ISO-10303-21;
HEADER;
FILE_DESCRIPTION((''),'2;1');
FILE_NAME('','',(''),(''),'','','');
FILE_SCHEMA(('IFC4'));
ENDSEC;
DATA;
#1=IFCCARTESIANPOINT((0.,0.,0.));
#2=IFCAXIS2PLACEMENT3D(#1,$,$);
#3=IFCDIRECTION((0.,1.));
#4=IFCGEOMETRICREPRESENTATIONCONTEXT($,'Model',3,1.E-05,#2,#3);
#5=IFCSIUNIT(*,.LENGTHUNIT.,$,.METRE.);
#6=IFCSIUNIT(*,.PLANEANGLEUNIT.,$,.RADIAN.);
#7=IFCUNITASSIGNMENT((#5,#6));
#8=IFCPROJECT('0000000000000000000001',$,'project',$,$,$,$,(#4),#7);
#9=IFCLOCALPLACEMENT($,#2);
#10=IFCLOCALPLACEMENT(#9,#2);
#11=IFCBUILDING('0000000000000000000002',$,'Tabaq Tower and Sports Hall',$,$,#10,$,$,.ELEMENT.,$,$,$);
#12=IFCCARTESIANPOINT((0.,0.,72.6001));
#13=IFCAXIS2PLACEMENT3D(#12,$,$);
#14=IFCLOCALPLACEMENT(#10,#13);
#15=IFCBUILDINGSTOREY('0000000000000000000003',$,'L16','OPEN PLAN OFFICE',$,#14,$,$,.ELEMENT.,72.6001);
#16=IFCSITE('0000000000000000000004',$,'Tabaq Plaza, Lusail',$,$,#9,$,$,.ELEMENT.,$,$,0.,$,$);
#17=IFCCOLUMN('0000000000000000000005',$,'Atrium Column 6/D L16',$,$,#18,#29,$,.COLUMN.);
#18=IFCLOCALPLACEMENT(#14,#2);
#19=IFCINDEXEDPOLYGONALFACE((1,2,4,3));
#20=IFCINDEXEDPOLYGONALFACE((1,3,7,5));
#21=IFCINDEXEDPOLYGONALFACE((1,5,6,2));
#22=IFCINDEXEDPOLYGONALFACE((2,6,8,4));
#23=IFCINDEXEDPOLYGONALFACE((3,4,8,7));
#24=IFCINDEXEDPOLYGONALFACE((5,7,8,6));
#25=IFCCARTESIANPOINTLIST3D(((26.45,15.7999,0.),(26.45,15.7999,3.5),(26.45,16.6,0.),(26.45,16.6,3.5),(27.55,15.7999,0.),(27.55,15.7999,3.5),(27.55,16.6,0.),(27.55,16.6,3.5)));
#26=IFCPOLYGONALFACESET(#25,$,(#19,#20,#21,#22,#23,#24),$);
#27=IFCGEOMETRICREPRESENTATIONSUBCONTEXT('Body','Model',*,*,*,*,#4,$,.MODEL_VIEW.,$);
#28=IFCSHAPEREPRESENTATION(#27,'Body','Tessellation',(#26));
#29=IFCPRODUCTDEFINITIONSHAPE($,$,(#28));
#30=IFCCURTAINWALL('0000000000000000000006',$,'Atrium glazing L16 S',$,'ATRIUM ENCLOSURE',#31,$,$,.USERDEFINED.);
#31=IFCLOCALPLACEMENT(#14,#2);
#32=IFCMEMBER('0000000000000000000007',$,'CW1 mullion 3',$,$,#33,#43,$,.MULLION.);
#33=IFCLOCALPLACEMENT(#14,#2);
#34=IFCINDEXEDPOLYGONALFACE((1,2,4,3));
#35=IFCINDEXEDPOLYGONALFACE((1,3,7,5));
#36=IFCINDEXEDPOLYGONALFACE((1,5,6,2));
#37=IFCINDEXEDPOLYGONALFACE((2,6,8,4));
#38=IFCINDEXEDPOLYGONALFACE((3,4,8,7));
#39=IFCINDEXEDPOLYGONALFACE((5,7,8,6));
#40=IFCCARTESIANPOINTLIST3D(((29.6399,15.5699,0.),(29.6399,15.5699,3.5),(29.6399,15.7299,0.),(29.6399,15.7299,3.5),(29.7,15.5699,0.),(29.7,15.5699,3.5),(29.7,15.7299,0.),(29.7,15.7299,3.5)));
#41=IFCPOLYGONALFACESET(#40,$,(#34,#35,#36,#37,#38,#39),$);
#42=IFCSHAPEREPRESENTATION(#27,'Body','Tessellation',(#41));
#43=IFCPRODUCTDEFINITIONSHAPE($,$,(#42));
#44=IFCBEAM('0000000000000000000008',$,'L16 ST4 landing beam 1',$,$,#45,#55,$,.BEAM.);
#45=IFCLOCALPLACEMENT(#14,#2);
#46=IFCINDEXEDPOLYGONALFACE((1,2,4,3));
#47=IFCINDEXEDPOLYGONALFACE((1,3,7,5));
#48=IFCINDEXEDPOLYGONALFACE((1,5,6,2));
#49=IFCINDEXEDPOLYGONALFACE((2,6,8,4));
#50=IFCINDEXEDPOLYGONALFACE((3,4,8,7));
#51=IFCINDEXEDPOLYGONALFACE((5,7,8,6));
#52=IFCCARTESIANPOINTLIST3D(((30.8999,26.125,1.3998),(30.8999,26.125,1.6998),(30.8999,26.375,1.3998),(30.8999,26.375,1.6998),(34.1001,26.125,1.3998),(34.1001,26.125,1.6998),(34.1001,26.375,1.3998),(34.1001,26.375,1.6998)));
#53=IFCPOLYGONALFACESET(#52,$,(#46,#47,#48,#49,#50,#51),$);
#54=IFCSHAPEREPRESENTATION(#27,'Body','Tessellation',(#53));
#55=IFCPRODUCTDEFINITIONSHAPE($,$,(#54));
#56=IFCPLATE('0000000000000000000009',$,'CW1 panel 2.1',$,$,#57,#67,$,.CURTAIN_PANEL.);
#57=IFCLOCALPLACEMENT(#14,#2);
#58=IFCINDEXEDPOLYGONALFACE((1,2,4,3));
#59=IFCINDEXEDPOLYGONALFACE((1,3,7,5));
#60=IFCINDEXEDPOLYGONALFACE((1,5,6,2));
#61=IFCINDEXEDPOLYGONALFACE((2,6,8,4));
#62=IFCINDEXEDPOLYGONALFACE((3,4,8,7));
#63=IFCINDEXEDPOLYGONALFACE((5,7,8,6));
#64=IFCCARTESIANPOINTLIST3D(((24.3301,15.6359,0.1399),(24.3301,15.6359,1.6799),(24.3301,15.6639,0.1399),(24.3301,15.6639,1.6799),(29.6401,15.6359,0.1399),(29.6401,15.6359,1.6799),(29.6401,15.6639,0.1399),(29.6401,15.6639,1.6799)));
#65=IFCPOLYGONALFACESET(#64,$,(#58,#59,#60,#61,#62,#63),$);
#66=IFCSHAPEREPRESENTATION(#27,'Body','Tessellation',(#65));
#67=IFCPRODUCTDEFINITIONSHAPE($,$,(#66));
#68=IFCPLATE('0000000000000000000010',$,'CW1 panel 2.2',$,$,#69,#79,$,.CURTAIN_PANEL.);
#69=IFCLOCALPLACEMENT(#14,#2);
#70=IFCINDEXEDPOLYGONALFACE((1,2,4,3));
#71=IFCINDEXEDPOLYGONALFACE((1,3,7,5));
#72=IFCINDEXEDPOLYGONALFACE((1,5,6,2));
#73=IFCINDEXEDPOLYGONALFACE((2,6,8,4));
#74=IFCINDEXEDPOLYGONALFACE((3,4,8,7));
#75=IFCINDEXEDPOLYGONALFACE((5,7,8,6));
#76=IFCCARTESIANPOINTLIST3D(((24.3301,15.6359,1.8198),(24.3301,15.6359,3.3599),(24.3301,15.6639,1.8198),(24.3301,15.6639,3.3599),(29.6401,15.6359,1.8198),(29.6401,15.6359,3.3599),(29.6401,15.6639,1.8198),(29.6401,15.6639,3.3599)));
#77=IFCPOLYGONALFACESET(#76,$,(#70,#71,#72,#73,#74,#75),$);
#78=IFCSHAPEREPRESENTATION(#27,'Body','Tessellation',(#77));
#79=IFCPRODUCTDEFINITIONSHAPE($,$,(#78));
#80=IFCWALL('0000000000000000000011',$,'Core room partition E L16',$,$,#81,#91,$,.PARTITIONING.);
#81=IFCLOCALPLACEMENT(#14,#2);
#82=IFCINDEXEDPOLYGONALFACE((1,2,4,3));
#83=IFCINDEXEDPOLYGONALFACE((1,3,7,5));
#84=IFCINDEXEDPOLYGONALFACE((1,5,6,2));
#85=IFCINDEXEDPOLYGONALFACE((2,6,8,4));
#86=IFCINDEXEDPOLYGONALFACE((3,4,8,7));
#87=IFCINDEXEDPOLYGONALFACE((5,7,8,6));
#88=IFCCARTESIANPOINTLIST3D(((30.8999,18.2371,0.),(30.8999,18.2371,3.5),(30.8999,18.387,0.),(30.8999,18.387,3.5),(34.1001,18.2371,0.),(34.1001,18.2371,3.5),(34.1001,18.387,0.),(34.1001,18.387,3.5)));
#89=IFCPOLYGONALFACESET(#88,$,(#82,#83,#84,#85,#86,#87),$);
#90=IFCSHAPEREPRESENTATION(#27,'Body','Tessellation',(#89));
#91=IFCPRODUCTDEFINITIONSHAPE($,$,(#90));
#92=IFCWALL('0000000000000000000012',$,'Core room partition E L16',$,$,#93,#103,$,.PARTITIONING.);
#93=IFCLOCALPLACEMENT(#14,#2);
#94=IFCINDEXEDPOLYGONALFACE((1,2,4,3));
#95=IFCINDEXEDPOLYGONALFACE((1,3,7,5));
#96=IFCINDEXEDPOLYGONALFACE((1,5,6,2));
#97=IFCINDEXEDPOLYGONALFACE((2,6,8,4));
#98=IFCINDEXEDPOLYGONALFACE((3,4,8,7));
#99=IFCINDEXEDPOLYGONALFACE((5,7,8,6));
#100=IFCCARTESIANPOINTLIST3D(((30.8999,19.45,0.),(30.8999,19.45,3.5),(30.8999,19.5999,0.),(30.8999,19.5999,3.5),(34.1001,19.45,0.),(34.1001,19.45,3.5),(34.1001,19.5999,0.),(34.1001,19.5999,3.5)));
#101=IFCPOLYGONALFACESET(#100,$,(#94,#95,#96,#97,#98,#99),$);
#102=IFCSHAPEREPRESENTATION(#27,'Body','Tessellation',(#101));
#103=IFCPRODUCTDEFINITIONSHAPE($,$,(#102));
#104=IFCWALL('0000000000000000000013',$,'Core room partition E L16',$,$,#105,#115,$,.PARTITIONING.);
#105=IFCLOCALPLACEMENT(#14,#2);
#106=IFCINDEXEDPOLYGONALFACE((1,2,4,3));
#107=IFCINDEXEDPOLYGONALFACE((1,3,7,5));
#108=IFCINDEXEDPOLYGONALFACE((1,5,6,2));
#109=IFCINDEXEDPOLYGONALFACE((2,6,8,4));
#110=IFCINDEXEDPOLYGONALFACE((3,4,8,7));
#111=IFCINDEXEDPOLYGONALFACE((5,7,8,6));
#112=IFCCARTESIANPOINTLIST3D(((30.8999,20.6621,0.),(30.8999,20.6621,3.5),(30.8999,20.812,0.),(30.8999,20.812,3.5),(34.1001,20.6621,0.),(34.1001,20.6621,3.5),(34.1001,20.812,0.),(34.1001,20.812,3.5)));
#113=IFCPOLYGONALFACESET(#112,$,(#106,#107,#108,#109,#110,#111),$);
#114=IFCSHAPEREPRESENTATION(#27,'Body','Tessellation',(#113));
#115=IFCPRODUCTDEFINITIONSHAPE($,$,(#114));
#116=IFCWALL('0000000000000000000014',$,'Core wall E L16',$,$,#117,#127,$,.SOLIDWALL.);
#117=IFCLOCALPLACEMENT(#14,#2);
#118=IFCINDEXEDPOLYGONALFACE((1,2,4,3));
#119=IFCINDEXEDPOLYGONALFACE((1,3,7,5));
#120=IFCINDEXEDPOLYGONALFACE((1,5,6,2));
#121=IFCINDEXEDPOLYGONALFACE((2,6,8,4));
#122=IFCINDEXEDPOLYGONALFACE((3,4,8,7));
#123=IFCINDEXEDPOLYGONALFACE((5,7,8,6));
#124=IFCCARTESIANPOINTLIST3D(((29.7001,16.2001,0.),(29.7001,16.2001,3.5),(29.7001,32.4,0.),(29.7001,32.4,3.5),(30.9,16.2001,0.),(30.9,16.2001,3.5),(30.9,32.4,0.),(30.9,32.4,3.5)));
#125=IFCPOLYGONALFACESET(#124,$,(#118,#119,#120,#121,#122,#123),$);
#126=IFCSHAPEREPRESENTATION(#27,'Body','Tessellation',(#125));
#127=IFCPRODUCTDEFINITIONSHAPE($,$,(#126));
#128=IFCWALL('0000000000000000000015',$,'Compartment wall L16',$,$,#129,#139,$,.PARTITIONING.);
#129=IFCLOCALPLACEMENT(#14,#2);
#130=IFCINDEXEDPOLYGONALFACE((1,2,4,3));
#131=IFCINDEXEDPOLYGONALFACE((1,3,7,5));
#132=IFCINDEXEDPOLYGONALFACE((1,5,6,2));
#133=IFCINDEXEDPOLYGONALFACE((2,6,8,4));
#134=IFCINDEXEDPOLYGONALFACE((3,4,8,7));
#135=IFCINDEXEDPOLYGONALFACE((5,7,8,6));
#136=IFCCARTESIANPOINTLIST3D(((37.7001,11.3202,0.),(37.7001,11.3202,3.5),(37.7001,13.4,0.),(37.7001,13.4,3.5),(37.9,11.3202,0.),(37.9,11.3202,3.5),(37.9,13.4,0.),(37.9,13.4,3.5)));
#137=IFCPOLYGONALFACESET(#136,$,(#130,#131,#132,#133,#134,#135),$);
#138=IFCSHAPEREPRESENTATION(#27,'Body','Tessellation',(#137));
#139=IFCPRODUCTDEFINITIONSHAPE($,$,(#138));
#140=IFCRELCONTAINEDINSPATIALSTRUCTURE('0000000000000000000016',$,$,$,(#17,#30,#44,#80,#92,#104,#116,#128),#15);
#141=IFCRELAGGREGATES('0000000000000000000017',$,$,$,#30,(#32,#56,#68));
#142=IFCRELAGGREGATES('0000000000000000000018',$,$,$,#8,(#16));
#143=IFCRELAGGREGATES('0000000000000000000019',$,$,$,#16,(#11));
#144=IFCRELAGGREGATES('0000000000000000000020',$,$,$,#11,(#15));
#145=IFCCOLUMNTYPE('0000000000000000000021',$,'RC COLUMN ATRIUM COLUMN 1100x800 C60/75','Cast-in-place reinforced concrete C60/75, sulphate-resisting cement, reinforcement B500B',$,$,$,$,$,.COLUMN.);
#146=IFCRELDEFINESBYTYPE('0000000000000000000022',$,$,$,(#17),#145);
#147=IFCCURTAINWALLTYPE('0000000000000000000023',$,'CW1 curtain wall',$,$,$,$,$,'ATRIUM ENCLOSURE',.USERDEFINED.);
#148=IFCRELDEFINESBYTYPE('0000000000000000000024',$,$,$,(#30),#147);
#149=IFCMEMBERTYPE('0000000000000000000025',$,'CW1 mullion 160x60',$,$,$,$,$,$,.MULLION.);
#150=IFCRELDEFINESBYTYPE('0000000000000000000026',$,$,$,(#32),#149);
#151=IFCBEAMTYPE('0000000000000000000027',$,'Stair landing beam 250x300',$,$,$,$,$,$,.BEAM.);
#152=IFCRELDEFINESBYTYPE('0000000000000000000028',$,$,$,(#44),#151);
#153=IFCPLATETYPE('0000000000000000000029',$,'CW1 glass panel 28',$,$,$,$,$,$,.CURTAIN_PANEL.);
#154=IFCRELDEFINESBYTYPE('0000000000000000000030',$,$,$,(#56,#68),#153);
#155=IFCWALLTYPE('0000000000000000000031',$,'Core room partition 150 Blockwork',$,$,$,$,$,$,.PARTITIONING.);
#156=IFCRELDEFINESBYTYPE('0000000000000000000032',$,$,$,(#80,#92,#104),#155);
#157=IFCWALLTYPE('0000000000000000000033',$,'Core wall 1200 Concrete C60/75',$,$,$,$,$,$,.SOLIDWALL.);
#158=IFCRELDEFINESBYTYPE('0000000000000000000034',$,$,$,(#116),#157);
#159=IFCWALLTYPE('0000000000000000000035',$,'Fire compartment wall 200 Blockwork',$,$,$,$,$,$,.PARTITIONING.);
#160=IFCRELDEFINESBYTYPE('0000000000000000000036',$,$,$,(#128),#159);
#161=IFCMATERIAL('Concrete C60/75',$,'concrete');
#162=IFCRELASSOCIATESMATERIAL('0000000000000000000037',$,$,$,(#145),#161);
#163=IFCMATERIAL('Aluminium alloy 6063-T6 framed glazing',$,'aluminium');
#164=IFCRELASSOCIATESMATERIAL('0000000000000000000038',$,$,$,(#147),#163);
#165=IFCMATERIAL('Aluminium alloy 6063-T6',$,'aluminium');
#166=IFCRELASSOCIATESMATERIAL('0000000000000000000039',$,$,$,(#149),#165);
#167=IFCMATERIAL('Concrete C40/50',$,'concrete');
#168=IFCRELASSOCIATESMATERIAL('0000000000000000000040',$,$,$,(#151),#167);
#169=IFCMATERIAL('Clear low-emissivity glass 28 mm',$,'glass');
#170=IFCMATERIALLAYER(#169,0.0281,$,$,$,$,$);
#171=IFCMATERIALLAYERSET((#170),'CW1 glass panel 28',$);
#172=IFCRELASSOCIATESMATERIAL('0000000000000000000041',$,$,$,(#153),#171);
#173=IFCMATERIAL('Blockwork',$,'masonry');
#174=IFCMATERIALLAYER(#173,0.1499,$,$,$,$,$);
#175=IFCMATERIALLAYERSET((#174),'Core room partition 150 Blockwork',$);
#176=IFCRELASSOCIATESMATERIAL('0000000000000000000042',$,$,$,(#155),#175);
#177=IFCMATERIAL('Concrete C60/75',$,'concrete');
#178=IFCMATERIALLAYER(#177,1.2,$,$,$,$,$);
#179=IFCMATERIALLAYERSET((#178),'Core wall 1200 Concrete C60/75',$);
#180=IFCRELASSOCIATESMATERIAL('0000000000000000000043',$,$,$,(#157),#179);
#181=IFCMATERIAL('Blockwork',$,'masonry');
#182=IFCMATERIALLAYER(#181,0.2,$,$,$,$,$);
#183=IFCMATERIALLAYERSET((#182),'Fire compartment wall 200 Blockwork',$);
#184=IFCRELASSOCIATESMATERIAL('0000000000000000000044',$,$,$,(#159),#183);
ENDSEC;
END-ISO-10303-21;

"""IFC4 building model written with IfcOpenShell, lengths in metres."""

from ifc_helpers import new_model, si_unit, direction, frame, frame_2d, origin, origin_2d, place, context, subcontext, project, spatial, rectangle, extrude, material, layer, layer_set, material_profile, profile_set, type_object, element, aggregate, save


model = new_model("IFC4")

# Units and contexts
model_context = context("Model", 3, precision=1e-05, world=origin(), true_north=direction((0.0, 1.0)))
body_context = subcontext(model_context, "Body", "Model", "MODEL_VIEW")
ifc_project = project(units=[si_unit("LENGTHUNIT", "METRE"), si_unit("PLANEANGLEUNIT", "RADIAN")], contexts=[model_context])

# Site, building, storey
site_placement = place(None, origin())
site = spatial("IfcSite", under=ifc_project, at=site_placement, Name="Tabaq Plaza, Lusail", CompositionType="ELEMENT", RefElevation=0.0)
building_placement = place(site_placement, origin())
building = spatial("IfcBuilding", under=site, at=building_placement, Name="Tabaq Tower and Sports Hall", CompositionType="ELEMENT")
storey_placement = place(building_placement, frame((0.0, 0.0, 72.6001)))
storey = spatial("IfcBuildingStorey", under=building, at=storey_placement, Name="L16", Description="OPEN PLAN OFFICE", CompositionType="ELEMENT", Elevation=72.6001)

# Column
ifc_material_1 = material(Name="Concrete C60/75", Category="concrete")
ifc_material_profile_1 = material_profile(ifc_material_1, rectangle(XDim=1.1001, YDim=0.8, at=origin_2d()), Name="ATRIUM COLUMN 1100x800")
ifc_profile_set_1 = profile_set([ifc_material_profile_1], Name="Concrete C60/75")
column_type = type_object("IfcColumnType", Name="RC COLUMN ATRIUM COLUMN 1100x800 C60/75", Description="Cast-in-place reinforced concrete C60/75, sulphate-resisting cement, reinforcement B500B", PredefinedType="COLUMN", material=ifc_profile_set_1)
column_placement = place(storey_placement, frame((27.0, 16.2, 0.0), z_axis=(0.0, 0.0, 1.0), x_axis=(1.0, 0.0, 0.0)))
element("IfcColumn", 1, at=column_placement, inside=storey, type_object=column_type, Name="Atrium Column 6/D L16", PredefinedType="COLUMN", context=body_context, shape_type="SweptSolid", body=[
    extrude(rectangle(XDim=1.1001, YDim=0.8, at=origin_2d()), origin(), (0.0, 0.0, 1.0), 3.5),
])

# Curtain wall, member
ifc_material_2 = material(Name="Aluminium alloy 6063-T6 framed glazing", Category="aluminium")
curtain_wall_type = type_object("IfcCurtainWallType", Name="CW1 curtain wall", ElementType="ATRIUM ENCLOSURE", PredefinedType="USERDEFINED", material=ifc_material_2)
curtain_wall_placement = place(storey_placement, origin())
curtain_wall = element("IfcCurtainWall", 2, at=curtain_wall_placement, inside=storey, type_object=curtain_wall_type, Name="Atrium glazing L16 S", ObjectType="ATRIUM ENCLOSURE", PredefinedType="USERDEFINED")
ifc_material_3 = material(Name="Aluminium alloy 6063-T6", Category="aluminium")
ifc_material_profile_2 = material_profile(ifc_material_3, rectangle(XDim=0.1599, YDim=0.0601, at=origin_2d()), Name="MULLION 160x60")
ifc_profile_set_2 = profile_set([ifc_material_profile_2], Name="Aluminium alloy 6063-T6")
member_type = type_object("IfcMemberType", Name="CW1 mullion 160x60", PredefinedType="MULLION", material=ifc_profile_set_2)
member_placement = place(storey_placement, frame((29.6699, 15.6499, 0.0), z_axis=(0.0, 0.0, 1.0), x_axis=(0.0, 1.0, 0.0)))
member = element("IfcMember", 3, at=member_placement, type_object=member_type, Name="CW1 mullion 3", PredefinedType="MULLION", context=body_context, shape_type="SweptSolid", body=[
    extrude(rectangle(XDim=0.1599, YDim=0.0601, at=origin_2d()), origin(), (0.0, 0.0, 1.0), 3.5),
])

# Beam
ifc_material_4 = material(Name="Concrete C40/50", Category="concrete")
ifc_material_profile_3 = material_profile(ifc_material_4, rectangle(XDim=0.25, YDim=0.3, at=origin_2d()), Name="RC 250x300")
ifc_profile_set_3 = profile_set([ifc_material_profile_3], Name="Concrete C40/50")
beam_type = type_object("IfcBeamType", Name="Stair landing beam 250x300", PredefinedType="BEAM", material=ifc_profile_set_3)
beam_placement = place(storey_placement, frame((30.8999, 26.25, 1.5498), z_axis=(1.0, 0.0, 0.0), x_axis=(0.0, 1.0, 0.0)))
element("IfcBeam", 4, at=beam_placement, inside=storey, type_object=beam_type, Name="L16 ST4 landing beam 1", PredefinedType="BEAM", context=body_context, shape_type="SweptSolid", body=[
    extrude(rectangle(XDim=0.25, YDim=0.3, at=origin_2d()), origin(), (0.0, 0.0, 1.0), 3.2002),
])

# Plates
ifc_material_5 = material(Name="Clear low-emissivity glass 28 mm", Category="glass")
ifc_layer_1 = layer(ifc_material_5, 0.0281)
ifc_layer_set_1 = layer_set([ifc_layer_1], Name="CW1 glass panel 28")
plate_type = type_object("IfcPlateType", Name="CW1 glass panel 28", PredefinedType="CURTAIN_PANEL", material=ifc_layer_set_1)
plate_1_placement = place(storey_placement, frame((26.9851, 15.6499, 0.1399), z_axis=(0.0, 0.0, 1.0), x_axis=(1.0, 0.0, 0.0)))
plate_1 = element("IfcPlate", 5, at=plate_1_placement, type_object=plate_type, Name="CW1 panel 2.1", PredefinedType="CURTAIN_PANEL", context=body_context, shape_type="SweptSolid", body=[
    extrude(rectangle(XDim=5.3101, YDim=0.0281, at=origin_2d()), origin(), (0.0, 0.0, 1.0), 1.54),
])
plate_2_placement = place(storey_placement, frame((26.9851, 15.6499, 1.8198), z_axis=(0.0, 0.0, 1.0), x_axis=(1.0, 0.0, 0.0)))
plate_2 = element("IfcPlate", 6, at=plate_2_placement, type_object=plate_type, Name="CW1 panel 2.2", PredefinedType="CURTAIN_PANEL", context=body_context, shape_type="SweptSolid", body=[
    extrude(rectangle(XDim=5.3101, YDim=0.0281, at=origin_2d()), origin(), (0.0, 0.0, 1.0), 1.54),
])
aggregate(curtain_wall, [member, plate_1, plate_2])

# Walls
ifc_material_6 = material(Name="Blockwork", Category="masonry")
ifc_layer_2 = layer(ifc_material_6, 0.1499)
ifc_layer_set_2 = layer_set([ifc_layer_2], Name="Core room partition 150 Blockwork")
wall_type_1 = type_object("IfcWallType", Name="Core room partition 150 Blockwork", PredefinedType="PARTITIONING", material=ifc_layer_set_2)
for number, where, z_axis, x_axis, name in (
    (7, (30.8999, 18.312, 0.0), (0.0, 0.0, 1.0), (1.0, 0.0, 0.0), "Core room partition E L16"),
    (8, (30.8999, 19.5249, 0.0), (0.0, 0.0, 1.0), (1.0, 0.0, 0.0), "Core room partition E L16"),
    (9, (30.8999, 20.7371, 0.0), (0.0, 0.0, 1.0), (1.0, 0.0, 0.0), "Core room partition E L16"),
):
    element("IfcWall", number, at=place(storey_placement, frame(where, z_axis=z_axis, x_axis=x_axis)), inside=storey, type_object=wall_type_1, Name=name, PredefinedType="PARTITIONING", context=body_context, shape_type="SweptSolid", body=[
        extrude(rectangle(XDim=3.2002, YDim=0.1499, at=frame_2d((1.6001, 0.0))), origin(), (0.0, 0.0, 1.0), 3.5),
    ])
ifc_material_7 = material(Name="Concrete C60/75", Category="concrete")
ifc_layer_3 = layer(ifc_material_7, 1.2)
ifc_layer_set_3 = layer_set([ifc_layer_3], Name="Core wall 1200 Concrete C60/75")
wall_type_2 = type_object("IfcWallType", Name="Core wall 1200 Concrete C60/75", PredefinedType="SOLIDWALL", material=ifc_layer_set_3)
wall_1_placement = place(storey_placement, frame((30.3, 16.2, 0.0), z_axis=(0.0, 0.0, 1.0), x_axis=(0.0, 1.0, 0.0)))
element("IfcWall", 10, at=wall_1_placement, inside=storey, type_object=wall_type_2, Name="Core wall E L16", PredefinedType="SOLIDWALL", context=body_context, shape_type="SweptSolid", body=[
    extrude(rectangle(XDim=16.2, YDim=1.2, at=frame_2d((8.1001, 0.0))), origin(), (0.0, 0.0, 1.0), 3.5),
])

# Shared definitions
ifc_material_8 = material(Name="Blockwork", Category="masonry")
ifc_layer_4 = layer(ifc_material_8, 0.2)
ifc_layer_set_4 = layer_set([ifc_layer_4], Name="Fire compartment wall 200 Blockwork")
wall_type_3 = type_object("IfcWallType", Name="Fire compartment wall 200 Blockwork", PredefinedType="PARTITIONING", material=ifc_layer_set_4)

# Wall
wall_2_placement = place(storey_placement, frame((37.8, 11.3201, 0.0), z_axis=(0.0, 0.0, 1.0), x_axis=(0.0, 1.0, 0.0)))
element("IfcWall", 11, at=wall_2_placement, inside=storey, type_object=wall_type_3, Name="Compartment wall L16", PredefinedType="PARTITIONING", context=body_context, shape_type="SweptSolid", body=[
    extrude(rectangle(XDim=2.0798, YDim=0.2, at=frame_2d((1.04, 0.0))), origin(), (0.0, 0.0, 1.0), 3.5),
])

save(model, "model.ifc")
